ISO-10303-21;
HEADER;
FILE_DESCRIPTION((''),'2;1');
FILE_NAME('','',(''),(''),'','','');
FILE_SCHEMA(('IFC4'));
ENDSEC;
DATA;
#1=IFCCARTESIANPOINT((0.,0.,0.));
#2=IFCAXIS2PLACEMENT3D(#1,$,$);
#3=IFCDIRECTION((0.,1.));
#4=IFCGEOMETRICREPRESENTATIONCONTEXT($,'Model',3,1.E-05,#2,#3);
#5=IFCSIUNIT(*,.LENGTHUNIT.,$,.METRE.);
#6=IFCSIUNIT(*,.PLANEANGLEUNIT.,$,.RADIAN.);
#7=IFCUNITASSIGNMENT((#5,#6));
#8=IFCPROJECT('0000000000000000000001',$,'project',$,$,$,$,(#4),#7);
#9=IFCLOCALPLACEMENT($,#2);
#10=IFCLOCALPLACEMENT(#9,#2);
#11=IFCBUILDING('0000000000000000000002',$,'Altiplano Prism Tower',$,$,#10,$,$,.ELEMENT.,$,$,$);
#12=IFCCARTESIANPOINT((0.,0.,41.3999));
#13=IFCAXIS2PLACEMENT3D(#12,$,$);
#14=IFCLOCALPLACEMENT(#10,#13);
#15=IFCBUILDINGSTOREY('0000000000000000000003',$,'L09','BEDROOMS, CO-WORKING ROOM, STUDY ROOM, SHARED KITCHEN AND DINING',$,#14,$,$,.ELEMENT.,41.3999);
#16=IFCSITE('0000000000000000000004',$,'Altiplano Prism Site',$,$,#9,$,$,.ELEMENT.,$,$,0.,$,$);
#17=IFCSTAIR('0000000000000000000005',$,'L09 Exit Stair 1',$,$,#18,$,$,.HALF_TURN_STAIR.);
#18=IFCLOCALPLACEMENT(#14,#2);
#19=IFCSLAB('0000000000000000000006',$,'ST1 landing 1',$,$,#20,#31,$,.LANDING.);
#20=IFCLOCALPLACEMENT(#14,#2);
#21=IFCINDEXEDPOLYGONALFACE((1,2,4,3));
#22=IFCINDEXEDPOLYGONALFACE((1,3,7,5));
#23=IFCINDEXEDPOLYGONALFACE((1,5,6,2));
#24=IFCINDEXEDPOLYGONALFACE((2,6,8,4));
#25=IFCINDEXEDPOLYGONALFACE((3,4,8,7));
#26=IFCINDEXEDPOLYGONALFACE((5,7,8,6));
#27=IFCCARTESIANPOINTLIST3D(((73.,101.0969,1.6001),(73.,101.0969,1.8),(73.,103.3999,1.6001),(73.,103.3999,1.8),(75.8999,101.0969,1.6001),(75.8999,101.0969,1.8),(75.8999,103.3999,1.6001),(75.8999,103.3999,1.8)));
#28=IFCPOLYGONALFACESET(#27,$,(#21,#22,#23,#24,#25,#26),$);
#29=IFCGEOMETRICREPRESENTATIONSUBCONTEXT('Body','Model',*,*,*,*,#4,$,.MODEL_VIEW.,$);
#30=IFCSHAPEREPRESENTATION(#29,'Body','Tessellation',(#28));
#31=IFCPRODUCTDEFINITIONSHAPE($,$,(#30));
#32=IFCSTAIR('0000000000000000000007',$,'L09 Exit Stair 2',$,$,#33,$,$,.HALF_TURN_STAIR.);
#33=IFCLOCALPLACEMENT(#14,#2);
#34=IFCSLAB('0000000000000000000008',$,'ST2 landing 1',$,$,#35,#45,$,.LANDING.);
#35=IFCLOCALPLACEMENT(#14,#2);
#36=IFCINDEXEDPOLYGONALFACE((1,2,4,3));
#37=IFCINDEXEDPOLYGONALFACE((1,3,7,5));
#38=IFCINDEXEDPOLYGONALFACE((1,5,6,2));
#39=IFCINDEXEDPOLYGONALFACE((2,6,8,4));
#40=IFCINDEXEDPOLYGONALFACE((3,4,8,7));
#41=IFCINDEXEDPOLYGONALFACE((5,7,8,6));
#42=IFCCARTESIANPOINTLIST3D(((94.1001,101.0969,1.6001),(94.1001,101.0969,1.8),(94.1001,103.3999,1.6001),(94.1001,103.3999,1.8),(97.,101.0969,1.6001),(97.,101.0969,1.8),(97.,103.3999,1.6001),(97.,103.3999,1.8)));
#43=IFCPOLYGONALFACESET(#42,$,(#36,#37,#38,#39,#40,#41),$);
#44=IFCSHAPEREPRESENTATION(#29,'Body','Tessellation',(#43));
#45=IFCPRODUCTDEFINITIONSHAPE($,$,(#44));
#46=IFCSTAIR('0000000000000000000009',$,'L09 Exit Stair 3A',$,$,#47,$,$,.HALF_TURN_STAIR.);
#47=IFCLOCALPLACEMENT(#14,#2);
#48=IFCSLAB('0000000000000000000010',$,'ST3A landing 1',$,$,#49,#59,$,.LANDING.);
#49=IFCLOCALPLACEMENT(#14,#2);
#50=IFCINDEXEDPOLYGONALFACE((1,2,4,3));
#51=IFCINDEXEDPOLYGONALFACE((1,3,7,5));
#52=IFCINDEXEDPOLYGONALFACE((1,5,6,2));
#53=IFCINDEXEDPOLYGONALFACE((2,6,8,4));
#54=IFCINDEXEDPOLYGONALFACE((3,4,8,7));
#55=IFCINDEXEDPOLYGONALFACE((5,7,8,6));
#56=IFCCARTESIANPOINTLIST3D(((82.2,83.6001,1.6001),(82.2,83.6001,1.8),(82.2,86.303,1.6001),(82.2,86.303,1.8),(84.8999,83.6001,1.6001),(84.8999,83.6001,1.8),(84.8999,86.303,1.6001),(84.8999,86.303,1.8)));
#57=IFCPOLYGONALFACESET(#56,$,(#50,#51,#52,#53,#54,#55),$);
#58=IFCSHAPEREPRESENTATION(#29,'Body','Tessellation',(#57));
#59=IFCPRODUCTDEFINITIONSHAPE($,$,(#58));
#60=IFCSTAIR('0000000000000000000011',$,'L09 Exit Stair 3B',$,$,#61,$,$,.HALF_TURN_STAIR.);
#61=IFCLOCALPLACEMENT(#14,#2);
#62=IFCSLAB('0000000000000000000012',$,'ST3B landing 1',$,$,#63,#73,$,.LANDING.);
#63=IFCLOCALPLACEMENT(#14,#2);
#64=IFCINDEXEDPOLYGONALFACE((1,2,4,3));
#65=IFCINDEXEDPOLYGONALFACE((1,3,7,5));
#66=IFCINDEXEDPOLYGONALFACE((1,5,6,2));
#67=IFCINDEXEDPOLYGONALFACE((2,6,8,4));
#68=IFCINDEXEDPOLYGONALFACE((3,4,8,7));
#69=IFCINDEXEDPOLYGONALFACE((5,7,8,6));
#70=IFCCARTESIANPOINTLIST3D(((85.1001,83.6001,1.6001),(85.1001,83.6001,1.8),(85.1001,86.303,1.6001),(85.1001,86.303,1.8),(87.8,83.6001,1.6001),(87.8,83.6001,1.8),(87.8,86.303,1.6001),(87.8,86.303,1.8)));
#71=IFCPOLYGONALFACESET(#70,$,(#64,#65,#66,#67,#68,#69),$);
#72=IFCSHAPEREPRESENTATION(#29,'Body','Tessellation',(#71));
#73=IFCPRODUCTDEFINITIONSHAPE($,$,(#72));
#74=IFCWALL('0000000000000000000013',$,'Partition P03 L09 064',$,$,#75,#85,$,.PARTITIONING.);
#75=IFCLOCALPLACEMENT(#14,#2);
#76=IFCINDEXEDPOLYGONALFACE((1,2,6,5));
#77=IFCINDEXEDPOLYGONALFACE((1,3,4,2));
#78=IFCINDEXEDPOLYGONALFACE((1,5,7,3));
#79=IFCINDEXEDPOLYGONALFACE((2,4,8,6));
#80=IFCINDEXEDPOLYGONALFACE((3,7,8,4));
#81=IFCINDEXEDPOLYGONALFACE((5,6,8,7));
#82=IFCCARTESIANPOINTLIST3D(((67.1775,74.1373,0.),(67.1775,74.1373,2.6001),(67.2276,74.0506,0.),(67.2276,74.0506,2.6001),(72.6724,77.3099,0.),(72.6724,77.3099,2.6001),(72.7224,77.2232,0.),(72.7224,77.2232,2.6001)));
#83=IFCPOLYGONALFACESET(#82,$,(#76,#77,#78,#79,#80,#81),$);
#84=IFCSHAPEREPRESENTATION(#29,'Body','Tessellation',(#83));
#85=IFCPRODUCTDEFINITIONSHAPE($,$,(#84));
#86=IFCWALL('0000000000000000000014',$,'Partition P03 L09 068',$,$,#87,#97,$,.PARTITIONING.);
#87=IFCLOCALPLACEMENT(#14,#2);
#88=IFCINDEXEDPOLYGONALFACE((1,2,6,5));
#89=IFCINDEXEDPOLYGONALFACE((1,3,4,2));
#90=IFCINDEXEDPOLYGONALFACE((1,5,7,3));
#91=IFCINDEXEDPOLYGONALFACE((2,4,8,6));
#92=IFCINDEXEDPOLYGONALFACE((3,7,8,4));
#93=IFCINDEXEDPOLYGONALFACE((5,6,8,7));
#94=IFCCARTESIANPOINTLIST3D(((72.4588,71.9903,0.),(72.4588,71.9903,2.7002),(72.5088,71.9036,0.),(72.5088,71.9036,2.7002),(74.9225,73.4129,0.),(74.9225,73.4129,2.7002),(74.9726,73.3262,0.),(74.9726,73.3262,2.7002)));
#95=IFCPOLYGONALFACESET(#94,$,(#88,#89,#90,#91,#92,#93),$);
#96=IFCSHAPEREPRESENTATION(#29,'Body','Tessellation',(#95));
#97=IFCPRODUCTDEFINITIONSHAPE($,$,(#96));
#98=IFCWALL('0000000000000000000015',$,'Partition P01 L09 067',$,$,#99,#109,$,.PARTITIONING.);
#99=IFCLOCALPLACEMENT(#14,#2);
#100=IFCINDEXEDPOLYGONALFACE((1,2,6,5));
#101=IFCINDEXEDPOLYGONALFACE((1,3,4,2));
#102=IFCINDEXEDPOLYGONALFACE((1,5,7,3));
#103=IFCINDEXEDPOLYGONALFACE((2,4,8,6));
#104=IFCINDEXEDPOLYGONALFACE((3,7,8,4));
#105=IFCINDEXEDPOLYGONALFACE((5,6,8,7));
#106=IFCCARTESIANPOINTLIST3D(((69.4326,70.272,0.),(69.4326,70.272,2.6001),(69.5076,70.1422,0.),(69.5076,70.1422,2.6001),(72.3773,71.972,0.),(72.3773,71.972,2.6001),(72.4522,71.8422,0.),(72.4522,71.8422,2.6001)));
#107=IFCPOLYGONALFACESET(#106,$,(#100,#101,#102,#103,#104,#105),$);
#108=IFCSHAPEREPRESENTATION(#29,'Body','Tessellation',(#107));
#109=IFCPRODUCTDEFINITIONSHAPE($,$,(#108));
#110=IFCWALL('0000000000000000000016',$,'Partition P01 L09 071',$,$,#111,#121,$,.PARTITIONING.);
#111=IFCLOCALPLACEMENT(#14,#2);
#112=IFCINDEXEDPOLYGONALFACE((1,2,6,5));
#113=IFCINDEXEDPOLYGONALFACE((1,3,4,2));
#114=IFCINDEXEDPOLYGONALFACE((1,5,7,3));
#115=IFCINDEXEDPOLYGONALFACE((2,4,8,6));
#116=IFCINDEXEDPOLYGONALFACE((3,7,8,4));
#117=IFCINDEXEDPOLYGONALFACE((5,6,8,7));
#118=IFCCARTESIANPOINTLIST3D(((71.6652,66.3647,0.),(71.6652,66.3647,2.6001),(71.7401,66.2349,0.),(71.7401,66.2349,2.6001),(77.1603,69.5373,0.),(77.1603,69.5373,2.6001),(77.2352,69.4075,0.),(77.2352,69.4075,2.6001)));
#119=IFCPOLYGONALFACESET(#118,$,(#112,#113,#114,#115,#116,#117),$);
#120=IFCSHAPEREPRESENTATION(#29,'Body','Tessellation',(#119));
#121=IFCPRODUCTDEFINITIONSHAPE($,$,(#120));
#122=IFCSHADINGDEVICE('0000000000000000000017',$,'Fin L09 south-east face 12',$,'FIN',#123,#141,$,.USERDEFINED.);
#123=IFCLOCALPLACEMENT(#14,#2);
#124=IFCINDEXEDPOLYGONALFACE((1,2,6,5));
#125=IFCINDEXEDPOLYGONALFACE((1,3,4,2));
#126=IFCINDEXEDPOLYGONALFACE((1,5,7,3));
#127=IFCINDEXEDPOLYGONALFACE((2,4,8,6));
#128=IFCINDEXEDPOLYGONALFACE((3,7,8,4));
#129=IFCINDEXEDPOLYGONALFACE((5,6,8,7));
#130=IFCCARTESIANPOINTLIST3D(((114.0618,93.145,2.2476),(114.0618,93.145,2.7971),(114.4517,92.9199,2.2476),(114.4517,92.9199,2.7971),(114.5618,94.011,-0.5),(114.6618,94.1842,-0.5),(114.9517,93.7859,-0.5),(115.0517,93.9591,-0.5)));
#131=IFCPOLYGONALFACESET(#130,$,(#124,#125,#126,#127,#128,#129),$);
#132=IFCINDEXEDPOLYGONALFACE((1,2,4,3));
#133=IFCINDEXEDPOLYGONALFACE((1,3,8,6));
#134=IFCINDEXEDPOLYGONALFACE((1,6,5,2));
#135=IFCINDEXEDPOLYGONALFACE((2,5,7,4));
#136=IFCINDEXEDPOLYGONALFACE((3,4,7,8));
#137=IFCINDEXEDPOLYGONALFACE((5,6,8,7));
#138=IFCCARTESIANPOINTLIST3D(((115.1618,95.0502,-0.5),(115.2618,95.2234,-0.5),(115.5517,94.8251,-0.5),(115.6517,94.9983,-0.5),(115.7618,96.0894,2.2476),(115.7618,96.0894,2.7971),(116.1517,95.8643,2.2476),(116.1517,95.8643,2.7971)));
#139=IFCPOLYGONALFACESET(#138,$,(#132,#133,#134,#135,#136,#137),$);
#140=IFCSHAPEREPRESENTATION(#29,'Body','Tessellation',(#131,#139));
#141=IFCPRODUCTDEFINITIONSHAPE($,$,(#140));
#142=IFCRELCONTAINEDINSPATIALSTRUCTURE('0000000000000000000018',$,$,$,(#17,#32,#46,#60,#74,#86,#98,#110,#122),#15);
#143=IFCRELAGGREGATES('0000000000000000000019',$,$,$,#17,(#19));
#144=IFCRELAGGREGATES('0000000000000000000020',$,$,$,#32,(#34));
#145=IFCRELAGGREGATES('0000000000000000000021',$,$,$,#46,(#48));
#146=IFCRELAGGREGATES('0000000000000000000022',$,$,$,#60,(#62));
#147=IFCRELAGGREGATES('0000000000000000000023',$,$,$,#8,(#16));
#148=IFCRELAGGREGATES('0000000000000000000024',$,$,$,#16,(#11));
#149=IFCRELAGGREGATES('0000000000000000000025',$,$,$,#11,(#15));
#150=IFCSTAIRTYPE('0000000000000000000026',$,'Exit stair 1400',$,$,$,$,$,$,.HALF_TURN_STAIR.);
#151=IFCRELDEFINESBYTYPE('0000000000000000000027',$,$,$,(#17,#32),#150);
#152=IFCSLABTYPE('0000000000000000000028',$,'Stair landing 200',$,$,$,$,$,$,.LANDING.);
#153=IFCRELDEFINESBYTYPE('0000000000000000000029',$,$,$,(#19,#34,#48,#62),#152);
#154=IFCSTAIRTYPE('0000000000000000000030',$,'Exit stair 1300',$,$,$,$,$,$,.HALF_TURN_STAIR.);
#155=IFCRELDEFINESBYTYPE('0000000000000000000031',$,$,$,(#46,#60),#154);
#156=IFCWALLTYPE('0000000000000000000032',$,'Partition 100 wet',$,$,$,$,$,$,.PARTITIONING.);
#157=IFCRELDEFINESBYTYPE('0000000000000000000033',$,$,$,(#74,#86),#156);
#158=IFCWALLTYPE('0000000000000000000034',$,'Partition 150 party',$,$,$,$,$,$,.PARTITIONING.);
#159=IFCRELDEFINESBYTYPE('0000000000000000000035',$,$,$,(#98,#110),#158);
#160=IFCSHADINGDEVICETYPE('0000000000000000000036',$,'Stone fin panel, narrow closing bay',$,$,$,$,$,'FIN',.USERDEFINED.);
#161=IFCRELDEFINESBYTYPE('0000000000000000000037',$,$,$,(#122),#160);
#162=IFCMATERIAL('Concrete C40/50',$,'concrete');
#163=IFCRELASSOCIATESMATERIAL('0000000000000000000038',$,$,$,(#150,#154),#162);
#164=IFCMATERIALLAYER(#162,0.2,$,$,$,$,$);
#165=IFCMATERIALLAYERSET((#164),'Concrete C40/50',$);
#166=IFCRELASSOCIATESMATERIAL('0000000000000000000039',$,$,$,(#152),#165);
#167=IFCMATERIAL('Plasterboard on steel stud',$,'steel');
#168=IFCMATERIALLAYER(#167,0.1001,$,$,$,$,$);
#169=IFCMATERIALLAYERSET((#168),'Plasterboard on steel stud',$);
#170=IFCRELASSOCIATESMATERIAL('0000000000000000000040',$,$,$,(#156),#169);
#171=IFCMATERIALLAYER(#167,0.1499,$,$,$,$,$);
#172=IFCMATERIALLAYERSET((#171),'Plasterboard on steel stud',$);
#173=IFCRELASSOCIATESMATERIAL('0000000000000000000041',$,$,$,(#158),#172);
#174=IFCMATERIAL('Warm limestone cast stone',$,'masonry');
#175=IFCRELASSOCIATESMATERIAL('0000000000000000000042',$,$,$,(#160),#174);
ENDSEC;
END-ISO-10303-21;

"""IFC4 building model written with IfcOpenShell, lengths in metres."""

from ifc_helpers import new_model, si_unit, direction, frame, frame_2d, origin, place, context, subcontext, project, spatial, polyline, rectangle, outline, extrude, source, transform, mapped, material, layer, layer_set, type_object, element, aggregate, save


model = new_model("IFC4")

# Units and contexts
model_context = context("Model", 3, precision=1e-05, world=origin(), true_north=direction((0.0, 1.0)))
body_context = subcontext(model_context, "Body", "Model", "MODEL_VIEW")
ifc_project = project(units=[si_unit("LENGTHUNIT", "METRE"), si_unit("PLANEANGLEUNIT", "RADIAN")], contexts=[model_context])

# Site, building, storey
site_placement = place(None, origin())
site = spatial("IfcSite", under=ifc_project, at=site_placement, Name="Altiplano Prism Site", CompositionType="ELEMENT", RefElevation=0.0)
building_placement = place(site_placement, origin())
building = spatial("IfcBuilding", under=site, at=building_placement, Name="Altiplano Prism Tower", CompositionType="ELEMENT")
storey_placement = place(building_placement, frame((0.0, 0.0, 41.3999)))
storey = spatial("IfcBuildingStorey", under=building, at=storey_placement, Name="L09", Description="BEDROOMS, CO-WORKING ROOM, STUDY ROOM, SHARED KITCHEN AND DINING", CompositionType="ELEMENT", Elevation=41.3999)

# Shared definitions
ifc_material_1 = material(Name="Concrete C40/50", Category="concrete")

# Stairs, slabs
stair_type_1 = type_object("IfcStairType", Name="Exit stair 1400", PredefinedType="HALF_TURN_STAIR", material=ifc_material_1)
stair_1_placement = place(storey_placement, origin())
stair_1 = element("IfcStair", 1, at=stair_1_placement, inside=storey, type_object=stair_type_1, Name="L09 Exit Stair 1", PredefinedType="HALF_TURN_STAIR")
ifc_layer_1 = layer(ifc_material_1, 0.2)
ifc_layer_set_1 = layer_set([ifc_layer_1], Name="Concrete C40/50")
slab_type_1 = type_object("IfcSlabType", Name="Stair landing 200", PredefinedType="LANDING", material=ifc_layer_set_1)
slab_1_placement = place(storey_placement, frame((0.0, 0.0, 1.6001)))
slab_1 = element("IfcSlab", 2, at=slab_1_placement, type_object=slab_type_1, Name="ST1 landing 1", PredefinedType="LANDING", context=body_context, shape_type="SweptSolid", body=[
    extrude(outline(polyline([(75.8999, 101.0969), (75.8999, 103.3999), (73.0, 103.3999), (73.0, 101.0969), (75.8999, 101.0969)])), origin(), (0.0, 0.0, 1.0), 0.2),
])
aggregate(stair_1, [slab_1])
stair_2_placement = place(storey_placement, origin())
stair_2 = element("IfcStair", 3, at=stair_2_placement, inside=storey, type_object=stair_type_1, Name="L09 Exit Stair 2", PredefinedType="HALF_TURN_STAIR")
slab_2_placement = place(storey_placement, frame((0.0, 0.0, 1.6001)))
slab_2 = element("IfcSlab", 4, at=slab_2_placement, type_object=slab_type_1, Name="ST2 landing 1", PredefinedType="LANDING", context=body_context, shape_type="SweptSolid", body=[
    extrude(outline(polyline([(97.0, 101.0969), (97.0, 103.3999), (94.1001, 103.3999), (94.1001, 101.0969), (97.0, 101.0969)])), origin(), (0.0, 0.0, 1.0), 0.2),
])
aggregate(stair_2, [slab_2])
stair_type_2 = type_object("IfcStairType", Name="Exit stair 1300", PredefinedType="HALF_TURN_STAIR", material=ifc_material_1)
stair_3_placement = place(storey_placement, origin())
stair_3 = element("IfcStair", 5, at=stair_3_placement, inside=storey, type_object=stair_type_2, Name="L09 Exit Stair 3A", PredefinedType="HALF_TURN_STAIR")
slab_3_placement = place(storey_placement, frame((0.0, 0.0, 1.6001)))
slab_3 = element("IfcSlab", 6, at=slab_3_placement, type_object=slab_type_1, Name="ST3A landing 1", PredefinedType="LANDING", context=body_context, shape_type="SweptSolid", body=[
    extrude(outline(polyline([(82.2, 86.303), (82.2, 83.6001), (84.8999, 83.6001), (84.8999, 86.303), (82.2, 86.303)])), origin(), (0.0, 0.0, 1.0), 0.2),
])
aggregate(stair_3, [slab_3])
stair_4_placement = place(storey_placement, origin())
stair_4 = element("IfcStair", 7, at=stair_4_placement, inside=storey, type_object=stair_type_2, Name="L09 Exit Stair 3B", PredefinedType="HALF_TURN_STAIR")
slab_4_placement = place(storey_placement, frame((0.0, 0.0, 1.6001)))
slab_4 = element("IfcSlab", 8, at=slab_4_placement, type_object=slab_type_1, Name="ST3B landing 1", PredefinedType="LANDING", context=body_context, shape_type="SweptSolid", body=[
    extrude(outline(polyline([(85.1001, 86.303), (85.1001, 83.6001), (87.8, 83.6001), (87.8, 86.303), (85.1001, 86.303)])), origin(), (0.0, 0.0, 1.0), 0.2),
])
aggregate(stair_4, [slab_4])

# Walls
ifc_material_2 = material(Name="Plasterboard on steel stud", Category="steel")
ifc_layer_2 = layer(ifc_material_2, 0.1001)
ifc_layer_set_2 = layer_set([ifc_layer_2], Name="Plasterboard on steel stud")
wall_type_1 = type_object("IfcWallType", Name="Partition 100 wet", PredefinedType="PARTITIONING", material=ifc_layer_set_2)
wall_1_placement = place(storey_placement, frame((67.2026, 74.094, 0.0), z_axis=(0.0, 0.0, 1.0), x_axis=(0.866016, 0.500017, 0.0)))
element("IfcWall", 9, at=wall_1_placement, inside=storey, type_object=wall_type_1, Name="Partition P03 L09 064", PredefinedType="PARTITIONING", context=body_context, shape_type="SweptSolid", body=[
    extrude(rectangle(XDim=6.345, YDim=0.1001, at=frame_2d((3.1724, 0.0))), origin(), (0.0, 0.0, 1.0), 2.6001),
])
wall_2_placement = place(storey_placement, frame((72.4839, 71.947, 0.0), z_axis=(0.0, 0.0, 1.0), x_axis=(0.866011, 0.500025, 0.0)))
element("IfcWall", 10, at=wall_2_placement, inside=storey, type_object=wall_type_1, Name="Partition P03 L09 068", PredefinedType="PARTITIONING", context=body_context, shape_type="SweptSolid", body=[
    extrude(rectangle(XDim=2.845, YDim=0.1001, at=frame_2d((1.4224, 0.0))), origin(), (0.0, 0.0, 1.0), 2.7002),
])
ifc_layer_3 = layer(ifc_material_2, 0.1499)
ifc_layer_set_3 = layer_set([ifc_layer_3], Name="Plasterboard on steel stud")
wall_type_2 = type_object("IfcWallType", Name="Partition 150 party", PredefinedType="PARTITIONING", material=ifc_layer_set_3)
wall_3_placement = place(storey_placement, frame((69.47, 70.207, 0.0), z_axis=(0.0, 0.0, 1.0), x_axis=(0.866039, 0.499977, 0.0)))
element("IfcWall", 11, at=wall_3_placement, inside=storey, type_object=wall_type_2, Name="Partition P01 L09 067", PredefinedType="PARTITIONING", context=body_context, shape_type="SweptSolid", body=[
    extrude(rectangle(XDim=3.4001, YDim=0.1499, at=frame_2d((1.7002, 0.0))), origin(), (0.0, 0.0, 1.0), 2.6001),
])
wall_4_placement = place(storey_placement, frame((71.7026, 66.2998, 0.0), z_axis=(0.0, 0.0, 1.0), x_axis=(0.866025, 0.5, 0.0)))
element("IfcWall", 12, at=wall_4_placement, inside=storey, type_object=wall_type_2, Name="Partition P01 L09 071", PredefinedType="PARTITIONING", context=body_context, shape_type="SweptSolid", body=[
    extrude(rectangle(XDim=6.3452, YDim=0.1499, at=frame_2d((3.1726, 0.0))), origin(), (0.0, 0.0, 1.0), 2.6001),
])

# Shading device
ifc_material_3 = material(Name="Warm limestone cast stone", Category="masonry")
shading_device_type_1 = type_object("IfcShadingDeviceType", Name="Stone fin panel, narrow closing bay", ElementType="FIN", PredefinedType="USERDEFINED", material=ifc_material_3)
shared_shape_1 = source(origin(), body_context, "Body", "SweptSolid", [
    extrude(outline(polyline([(-1.7, 3.2971), (-1.7, 2.7476), (-0.7, 0.0), (-0.5, 0.0), (-1.7, 3.2971)])), frame((0.0, -0.1499, 0.0), z_axis=(0.0, -1.0, 0.0), x_axis=(1.0, 0.0, 0.0)), (0.0, 0.0, 1.0), 0.4502),
    extrude(outline(polyline([(1.7, 2.7476), (1.7, 3.2971), (0.5, 0.0), (0.7, 0.0), (1.7, 2.7476)])), frame((0.0, -0.1499, 0.0), z_axis=(0.0, -1.0, 0.0), x_axis=(1.0, 0.0, 0.0)), (0.0, 0.0, 1.0), 0.4502),
])
shading_device_1_placement = place(storey_placement, origin())
element("IfcShadingDevice", 13, at=shading_device_1_placement, inside=storey, type_object=shading_device_type_1, Name="Fin L09 south-east face 12", ObjectType="FIN", PredefinedType="USERDEFINED", context=body_context, shape_type="MappedRepresentation", body=[
    mapped(shared_shape_1, transform((114.782, 94.6921, -0.5), x_axis=(0.5, 0.866025, 0.0), y_axis=(-0.866025, 0.5, 0.0), z_axis=(0.0, 0.0, 1.0))),
])

save(model, "model.ifc")
